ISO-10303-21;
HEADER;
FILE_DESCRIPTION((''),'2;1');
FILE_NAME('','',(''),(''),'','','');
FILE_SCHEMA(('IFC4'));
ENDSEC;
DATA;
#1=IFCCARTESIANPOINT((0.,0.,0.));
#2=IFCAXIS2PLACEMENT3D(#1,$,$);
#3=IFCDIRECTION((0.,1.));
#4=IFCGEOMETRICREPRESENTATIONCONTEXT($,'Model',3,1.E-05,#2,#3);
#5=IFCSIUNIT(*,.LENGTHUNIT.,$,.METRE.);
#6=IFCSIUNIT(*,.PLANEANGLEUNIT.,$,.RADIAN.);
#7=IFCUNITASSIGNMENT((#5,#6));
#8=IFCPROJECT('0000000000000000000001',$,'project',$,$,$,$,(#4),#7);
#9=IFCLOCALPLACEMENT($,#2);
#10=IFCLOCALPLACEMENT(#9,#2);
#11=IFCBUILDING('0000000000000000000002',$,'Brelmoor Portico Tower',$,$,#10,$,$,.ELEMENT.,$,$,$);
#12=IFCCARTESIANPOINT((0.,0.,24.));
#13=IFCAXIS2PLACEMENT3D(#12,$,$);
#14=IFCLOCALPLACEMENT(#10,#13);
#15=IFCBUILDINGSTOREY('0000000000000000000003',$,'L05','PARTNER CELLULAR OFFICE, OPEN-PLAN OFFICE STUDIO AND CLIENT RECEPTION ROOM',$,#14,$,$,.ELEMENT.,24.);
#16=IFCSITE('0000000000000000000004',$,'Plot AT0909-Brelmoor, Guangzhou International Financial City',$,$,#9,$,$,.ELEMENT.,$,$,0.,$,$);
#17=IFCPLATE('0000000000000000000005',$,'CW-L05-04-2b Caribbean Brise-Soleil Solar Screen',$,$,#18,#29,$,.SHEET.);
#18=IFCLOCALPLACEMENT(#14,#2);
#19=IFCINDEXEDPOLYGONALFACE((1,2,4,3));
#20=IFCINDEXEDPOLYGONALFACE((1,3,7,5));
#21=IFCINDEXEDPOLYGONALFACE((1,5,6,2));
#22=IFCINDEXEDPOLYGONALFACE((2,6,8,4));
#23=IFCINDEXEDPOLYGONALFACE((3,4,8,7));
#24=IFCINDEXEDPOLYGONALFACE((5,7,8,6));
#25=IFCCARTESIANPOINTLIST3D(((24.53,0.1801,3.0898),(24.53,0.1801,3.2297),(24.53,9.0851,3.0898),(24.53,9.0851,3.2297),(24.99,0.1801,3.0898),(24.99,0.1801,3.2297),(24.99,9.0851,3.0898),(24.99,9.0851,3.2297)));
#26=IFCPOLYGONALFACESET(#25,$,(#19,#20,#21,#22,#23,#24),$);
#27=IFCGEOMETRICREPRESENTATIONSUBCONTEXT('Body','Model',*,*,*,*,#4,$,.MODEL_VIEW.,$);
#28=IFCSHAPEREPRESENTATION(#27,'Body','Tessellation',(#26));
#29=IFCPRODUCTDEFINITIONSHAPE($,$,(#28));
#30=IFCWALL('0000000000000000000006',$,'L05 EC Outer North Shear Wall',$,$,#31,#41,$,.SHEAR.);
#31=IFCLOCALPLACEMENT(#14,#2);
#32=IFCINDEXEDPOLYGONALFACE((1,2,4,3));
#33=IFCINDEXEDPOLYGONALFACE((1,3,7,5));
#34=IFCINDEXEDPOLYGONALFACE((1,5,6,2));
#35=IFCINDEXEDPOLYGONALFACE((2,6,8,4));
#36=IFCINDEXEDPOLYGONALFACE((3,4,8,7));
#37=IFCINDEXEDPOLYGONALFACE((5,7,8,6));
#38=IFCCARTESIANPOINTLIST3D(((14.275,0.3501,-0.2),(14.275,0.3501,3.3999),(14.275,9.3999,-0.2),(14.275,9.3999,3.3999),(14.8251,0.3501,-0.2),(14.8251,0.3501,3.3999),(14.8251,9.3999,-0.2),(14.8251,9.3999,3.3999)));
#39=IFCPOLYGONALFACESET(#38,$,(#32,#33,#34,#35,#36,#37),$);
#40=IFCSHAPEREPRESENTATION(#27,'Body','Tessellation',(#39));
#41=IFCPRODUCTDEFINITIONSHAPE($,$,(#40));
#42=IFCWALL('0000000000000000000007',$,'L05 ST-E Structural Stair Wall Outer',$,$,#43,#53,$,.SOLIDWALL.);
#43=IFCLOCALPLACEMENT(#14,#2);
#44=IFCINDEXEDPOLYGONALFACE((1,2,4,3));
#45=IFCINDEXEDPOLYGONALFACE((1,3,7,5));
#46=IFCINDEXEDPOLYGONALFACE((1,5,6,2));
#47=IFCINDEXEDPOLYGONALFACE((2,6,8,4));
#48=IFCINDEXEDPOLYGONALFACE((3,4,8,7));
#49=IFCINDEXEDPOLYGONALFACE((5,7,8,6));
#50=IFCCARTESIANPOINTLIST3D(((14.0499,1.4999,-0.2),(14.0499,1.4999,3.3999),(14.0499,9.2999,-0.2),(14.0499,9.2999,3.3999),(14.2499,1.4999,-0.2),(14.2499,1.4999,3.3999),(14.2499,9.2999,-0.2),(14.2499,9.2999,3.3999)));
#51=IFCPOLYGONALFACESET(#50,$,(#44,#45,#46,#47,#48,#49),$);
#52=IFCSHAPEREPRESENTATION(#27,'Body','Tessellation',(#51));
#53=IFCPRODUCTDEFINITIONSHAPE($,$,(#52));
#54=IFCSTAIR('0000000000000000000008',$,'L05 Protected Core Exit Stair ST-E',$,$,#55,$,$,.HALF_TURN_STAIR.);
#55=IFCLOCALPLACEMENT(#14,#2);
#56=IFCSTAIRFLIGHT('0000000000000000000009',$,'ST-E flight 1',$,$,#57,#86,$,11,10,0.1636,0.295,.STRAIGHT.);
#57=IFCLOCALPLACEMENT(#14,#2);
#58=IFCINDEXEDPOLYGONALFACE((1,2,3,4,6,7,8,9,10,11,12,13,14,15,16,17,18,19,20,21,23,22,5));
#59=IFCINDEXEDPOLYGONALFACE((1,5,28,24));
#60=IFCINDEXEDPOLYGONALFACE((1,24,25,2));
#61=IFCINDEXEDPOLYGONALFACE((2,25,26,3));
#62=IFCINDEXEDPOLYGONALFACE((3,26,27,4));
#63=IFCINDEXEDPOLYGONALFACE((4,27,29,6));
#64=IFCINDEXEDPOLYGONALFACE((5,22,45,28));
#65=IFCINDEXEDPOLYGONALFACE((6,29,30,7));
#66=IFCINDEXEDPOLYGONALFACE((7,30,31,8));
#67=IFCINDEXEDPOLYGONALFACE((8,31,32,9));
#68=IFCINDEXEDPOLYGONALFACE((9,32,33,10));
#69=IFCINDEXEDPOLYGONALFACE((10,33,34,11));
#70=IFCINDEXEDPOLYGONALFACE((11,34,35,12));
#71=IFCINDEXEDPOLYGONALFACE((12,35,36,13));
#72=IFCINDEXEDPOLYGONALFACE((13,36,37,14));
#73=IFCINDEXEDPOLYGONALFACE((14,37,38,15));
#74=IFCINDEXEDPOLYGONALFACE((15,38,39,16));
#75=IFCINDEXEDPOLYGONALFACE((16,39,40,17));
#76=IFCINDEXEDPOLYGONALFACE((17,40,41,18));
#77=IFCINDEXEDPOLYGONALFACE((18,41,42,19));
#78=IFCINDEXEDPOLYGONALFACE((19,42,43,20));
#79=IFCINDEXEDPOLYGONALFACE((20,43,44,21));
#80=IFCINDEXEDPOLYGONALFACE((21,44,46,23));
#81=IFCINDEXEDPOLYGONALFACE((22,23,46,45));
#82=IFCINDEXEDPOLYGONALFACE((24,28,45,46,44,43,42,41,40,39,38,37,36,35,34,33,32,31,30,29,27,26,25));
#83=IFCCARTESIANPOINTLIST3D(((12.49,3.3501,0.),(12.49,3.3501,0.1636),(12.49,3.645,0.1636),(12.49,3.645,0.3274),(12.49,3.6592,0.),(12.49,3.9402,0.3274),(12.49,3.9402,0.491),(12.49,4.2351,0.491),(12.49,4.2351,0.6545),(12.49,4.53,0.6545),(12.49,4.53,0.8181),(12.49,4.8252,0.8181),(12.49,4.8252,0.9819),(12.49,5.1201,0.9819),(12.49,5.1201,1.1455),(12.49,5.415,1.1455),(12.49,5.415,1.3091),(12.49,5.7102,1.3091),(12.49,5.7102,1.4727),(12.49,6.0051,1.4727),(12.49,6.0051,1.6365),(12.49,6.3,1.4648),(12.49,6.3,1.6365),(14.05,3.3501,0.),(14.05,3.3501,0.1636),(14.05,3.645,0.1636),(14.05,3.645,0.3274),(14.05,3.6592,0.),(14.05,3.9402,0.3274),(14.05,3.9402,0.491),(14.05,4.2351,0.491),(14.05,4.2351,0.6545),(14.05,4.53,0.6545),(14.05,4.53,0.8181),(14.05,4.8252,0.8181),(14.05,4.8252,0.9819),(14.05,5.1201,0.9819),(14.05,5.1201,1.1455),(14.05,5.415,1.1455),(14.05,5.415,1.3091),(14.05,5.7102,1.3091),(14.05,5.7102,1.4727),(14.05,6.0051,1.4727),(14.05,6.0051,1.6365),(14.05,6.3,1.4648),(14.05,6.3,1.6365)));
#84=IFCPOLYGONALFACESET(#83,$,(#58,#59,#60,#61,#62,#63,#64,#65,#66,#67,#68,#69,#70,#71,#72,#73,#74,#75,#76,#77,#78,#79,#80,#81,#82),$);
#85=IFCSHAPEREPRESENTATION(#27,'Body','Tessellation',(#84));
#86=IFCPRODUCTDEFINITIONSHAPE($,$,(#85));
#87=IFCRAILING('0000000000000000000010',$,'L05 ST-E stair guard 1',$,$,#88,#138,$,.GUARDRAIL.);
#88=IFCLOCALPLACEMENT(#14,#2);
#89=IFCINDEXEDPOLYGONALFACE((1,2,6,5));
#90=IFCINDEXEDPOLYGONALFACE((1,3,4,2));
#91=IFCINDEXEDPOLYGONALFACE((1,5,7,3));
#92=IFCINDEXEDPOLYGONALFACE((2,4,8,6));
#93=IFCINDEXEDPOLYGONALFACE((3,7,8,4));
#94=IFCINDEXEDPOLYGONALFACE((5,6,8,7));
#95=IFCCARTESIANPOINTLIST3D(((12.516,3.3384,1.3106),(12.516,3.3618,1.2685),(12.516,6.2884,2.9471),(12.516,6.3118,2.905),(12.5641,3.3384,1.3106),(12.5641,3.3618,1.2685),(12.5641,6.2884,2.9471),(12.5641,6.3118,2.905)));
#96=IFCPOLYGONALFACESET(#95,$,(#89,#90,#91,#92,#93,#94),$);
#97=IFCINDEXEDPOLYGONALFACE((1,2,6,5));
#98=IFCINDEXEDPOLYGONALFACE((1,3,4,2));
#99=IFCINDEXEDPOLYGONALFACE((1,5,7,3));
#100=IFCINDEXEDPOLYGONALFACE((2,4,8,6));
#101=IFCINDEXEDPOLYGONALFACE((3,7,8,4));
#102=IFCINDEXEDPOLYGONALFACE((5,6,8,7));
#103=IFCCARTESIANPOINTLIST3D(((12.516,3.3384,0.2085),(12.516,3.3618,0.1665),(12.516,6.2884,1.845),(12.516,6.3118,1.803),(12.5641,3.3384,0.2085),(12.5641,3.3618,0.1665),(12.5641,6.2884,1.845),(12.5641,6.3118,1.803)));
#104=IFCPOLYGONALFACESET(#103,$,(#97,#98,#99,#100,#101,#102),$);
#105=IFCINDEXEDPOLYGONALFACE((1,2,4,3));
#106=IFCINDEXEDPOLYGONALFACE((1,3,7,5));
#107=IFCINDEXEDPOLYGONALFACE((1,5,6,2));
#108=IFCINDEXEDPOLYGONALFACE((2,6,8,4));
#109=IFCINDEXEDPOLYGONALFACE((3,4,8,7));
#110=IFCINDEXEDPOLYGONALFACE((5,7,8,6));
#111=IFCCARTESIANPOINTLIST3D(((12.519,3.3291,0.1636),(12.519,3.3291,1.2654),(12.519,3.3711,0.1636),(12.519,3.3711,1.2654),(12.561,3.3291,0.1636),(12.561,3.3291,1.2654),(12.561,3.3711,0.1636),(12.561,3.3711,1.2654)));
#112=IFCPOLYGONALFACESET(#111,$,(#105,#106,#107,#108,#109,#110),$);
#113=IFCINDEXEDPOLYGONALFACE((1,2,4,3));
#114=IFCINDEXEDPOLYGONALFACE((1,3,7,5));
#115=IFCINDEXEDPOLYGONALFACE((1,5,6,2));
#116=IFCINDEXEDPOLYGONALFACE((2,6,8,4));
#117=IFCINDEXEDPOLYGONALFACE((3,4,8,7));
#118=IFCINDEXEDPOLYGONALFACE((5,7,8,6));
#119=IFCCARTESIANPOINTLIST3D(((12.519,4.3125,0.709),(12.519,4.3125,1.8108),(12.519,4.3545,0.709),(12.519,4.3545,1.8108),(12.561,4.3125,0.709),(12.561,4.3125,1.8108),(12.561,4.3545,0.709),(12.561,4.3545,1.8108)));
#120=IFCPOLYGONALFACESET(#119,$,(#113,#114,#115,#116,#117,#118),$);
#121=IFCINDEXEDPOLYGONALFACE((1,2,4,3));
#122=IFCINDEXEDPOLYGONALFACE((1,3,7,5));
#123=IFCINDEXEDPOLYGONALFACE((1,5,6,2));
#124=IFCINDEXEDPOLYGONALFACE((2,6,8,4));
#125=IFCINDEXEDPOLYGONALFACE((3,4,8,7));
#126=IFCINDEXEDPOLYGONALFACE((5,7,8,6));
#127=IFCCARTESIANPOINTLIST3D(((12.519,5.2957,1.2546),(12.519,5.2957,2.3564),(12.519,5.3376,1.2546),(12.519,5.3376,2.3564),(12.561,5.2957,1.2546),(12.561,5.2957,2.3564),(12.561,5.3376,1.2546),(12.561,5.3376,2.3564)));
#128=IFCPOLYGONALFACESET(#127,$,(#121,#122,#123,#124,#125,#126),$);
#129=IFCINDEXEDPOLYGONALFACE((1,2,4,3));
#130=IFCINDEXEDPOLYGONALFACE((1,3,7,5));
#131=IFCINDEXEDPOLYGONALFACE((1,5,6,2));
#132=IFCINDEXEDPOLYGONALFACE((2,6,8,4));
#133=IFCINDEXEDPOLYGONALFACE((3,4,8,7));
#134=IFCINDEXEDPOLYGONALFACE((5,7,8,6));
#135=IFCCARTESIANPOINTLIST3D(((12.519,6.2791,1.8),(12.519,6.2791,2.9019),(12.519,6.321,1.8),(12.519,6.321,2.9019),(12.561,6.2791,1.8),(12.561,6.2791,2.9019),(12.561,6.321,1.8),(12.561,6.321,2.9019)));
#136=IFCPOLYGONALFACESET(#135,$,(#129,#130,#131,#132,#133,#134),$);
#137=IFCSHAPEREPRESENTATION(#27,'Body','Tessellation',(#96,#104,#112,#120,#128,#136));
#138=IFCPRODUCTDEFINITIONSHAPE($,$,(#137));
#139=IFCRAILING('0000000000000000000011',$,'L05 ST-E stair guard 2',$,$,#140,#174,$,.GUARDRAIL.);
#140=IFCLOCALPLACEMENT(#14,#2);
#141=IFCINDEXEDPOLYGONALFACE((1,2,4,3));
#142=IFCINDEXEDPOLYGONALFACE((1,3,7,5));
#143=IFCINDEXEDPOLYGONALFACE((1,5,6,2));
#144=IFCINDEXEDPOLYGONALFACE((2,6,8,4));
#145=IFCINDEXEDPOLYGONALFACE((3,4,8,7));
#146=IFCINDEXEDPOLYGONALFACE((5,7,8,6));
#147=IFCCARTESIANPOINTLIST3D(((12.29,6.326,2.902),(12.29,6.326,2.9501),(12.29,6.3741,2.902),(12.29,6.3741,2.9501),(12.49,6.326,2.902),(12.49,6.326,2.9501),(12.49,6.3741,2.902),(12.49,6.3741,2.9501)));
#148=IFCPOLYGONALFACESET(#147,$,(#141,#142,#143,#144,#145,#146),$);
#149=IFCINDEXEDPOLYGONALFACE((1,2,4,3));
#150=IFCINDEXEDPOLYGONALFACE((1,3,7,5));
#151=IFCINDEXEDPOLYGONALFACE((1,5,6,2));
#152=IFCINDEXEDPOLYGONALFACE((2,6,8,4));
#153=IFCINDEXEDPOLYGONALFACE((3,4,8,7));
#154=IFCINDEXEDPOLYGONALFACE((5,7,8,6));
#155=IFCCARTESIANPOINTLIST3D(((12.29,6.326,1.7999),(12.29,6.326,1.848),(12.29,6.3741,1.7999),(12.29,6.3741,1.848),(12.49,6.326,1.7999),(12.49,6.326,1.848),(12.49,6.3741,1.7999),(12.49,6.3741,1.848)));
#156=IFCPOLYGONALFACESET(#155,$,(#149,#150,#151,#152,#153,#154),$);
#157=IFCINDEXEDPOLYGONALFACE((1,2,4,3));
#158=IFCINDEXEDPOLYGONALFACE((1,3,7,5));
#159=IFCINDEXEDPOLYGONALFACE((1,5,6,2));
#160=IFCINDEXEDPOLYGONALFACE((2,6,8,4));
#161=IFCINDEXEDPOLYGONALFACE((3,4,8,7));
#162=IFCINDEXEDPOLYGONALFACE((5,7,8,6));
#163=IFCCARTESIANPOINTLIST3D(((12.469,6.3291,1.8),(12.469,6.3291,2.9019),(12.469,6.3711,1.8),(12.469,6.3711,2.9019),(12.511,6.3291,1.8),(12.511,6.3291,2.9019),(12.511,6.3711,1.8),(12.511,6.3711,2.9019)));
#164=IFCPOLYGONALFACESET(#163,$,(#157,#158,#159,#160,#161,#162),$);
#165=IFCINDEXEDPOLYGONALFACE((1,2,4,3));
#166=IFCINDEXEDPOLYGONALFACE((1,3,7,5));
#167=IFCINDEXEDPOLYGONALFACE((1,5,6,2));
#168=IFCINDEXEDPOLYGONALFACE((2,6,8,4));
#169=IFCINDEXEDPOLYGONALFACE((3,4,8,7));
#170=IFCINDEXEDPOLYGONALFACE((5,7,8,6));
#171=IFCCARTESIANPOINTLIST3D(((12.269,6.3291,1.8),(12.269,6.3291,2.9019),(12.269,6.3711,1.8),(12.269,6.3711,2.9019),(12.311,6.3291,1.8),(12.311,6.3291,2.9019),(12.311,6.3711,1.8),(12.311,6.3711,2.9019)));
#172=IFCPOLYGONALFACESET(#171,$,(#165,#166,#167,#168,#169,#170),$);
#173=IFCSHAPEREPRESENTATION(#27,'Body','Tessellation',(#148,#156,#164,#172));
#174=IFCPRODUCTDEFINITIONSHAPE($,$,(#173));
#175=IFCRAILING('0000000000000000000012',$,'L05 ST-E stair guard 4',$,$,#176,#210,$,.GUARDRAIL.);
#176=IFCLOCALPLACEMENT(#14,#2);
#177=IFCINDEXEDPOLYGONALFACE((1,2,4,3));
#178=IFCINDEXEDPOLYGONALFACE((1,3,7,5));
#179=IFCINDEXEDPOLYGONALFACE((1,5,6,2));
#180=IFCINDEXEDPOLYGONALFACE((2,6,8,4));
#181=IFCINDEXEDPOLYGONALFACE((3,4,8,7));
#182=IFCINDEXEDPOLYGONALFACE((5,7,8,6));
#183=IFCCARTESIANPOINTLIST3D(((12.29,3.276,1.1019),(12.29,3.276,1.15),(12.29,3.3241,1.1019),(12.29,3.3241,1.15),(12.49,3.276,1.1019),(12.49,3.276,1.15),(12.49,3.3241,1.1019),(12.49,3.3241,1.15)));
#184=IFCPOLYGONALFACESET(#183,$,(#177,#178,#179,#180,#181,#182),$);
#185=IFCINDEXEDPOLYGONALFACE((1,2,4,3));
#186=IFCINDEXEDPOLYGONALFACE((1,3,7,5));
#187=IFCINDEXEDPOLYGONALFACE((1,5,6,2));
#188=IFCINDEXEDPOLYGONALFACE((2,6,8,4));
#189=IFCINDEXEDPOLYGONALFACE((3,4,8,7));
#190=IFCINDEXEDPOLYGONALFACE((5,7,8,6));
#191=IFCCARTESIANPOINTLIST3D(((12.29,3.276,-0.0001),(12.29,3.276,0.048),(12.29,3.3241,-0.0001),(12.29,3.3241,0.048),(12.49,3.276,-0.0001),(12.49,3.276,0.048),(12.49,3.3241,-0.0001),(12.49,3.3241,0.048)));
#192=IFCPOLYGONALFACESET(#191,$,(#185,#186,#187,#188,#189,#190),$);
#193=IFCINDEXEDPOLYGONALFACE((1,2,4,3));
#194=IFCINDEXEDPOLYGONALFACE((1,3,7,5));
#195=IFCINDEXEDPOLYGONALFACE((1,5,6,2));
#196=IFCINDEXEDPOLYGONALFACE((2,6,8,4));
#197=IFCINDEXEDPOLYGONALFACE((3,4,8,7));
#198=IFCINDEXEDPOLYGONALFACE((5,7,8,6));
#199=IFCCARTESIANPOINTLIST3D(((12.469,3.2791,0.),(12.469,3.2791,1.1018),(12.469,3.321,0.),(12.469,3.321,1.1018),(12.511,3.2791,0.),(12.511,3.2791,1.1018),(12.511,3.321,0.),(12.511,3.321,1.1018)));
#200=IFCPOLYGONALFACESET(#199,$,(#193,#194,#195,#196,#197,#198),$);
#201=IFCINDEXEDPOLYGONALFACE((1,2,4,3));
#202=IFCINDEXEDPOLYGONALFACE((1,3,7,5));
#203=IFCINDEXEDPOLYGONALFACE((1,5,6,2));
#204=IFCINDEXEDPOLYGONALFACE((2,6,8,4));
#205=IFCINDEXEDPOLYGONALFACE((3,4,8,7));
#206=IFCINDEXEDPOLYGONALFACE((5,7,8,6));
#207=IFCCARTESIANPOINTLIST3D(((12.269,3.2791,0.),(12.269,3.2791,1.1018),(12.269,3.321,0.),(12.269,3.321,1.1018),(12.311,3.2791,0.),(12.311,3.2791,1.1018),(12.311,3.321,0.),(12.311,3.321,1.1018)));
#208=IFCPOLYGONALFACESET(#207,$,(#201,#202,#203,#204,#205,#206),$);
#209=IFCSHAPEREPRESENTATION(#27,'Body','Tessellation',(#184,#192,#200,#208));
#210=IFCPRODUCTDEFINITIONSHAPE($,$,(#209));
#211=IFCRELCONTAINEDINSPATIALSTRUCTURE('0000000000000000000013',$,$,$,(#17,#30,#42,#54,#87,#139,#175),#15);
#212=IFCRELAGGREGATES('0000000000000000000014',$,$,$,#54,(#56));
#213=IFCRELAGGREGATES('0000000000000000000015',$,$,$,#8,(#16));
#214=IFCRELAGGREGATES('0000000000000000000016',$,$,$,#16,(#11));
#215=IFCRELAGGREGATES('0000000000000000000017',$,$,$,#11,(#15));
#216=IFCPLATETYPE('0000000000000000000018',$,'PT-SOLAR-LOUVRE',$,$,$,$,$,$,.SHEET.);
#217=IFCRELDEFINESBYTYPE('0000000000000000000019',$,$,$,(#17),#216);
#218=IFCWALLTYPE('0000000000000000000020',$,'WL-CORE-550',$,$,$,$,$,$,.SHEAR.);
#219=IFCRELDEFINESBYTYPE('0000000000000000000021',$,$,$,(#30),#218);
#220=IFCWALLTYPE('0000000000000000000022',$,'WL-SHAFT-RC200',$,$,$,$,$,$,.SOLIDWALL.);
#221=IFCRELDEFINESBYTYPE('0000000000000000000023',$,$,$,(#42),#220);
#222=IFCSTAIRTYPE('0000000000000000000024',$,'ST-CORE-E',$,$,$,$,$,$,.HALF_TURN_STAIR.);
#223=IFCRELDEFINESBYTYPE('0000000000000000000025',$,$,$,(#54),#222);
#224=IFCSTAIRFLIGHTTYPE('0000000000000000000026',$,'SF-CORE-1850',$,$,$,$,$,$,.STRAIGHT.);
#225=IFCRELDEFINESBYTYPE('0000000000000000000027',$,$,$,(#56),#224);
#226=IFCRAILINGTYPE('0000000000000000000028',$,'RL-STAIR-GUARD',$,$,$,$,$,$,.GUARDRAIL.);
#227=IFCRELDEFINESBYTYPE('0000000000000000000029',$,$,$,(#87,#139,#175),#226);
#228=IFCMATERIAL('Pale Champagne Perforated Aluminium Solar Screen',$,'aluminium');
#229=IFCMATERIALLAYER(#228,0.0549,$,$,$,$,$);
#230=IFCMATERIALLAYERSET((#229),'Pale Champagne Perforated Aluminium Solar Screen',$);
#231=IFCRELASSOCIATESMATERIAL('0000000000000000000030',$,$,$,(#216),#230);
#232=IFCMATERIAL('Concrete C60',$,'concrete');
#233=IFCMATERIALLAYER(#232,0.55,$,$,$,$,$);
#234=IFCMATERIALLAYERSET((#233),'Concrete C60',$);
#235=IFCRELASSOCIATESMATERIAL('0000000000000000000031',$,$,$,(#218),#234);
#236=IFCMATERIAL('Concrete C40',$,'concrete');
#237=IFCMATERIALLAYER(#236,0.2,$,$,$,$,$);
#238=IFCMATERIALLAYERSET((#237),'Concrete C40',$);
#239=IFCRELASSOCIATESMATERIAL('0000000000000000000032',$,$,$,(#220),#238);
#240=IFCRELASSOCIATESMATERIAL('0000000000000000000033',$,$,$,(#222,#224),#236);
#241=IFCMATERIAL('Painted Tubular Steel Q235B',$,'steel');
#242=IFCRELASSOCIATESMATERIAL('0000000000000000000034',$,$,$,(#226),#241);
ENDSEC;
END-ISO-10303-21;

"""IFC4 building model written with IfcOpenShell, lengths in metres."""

from ifc_helpers import new_model, si_unit, direction, frame, frame_2d, origin, origin_2d, place, context, subcontext, project, spatial, polyline, rectangle, outline, extrude, material, layer, layer_set, type_object, element, aggregate, save


model = new_model("IFC4")

# Units and contexts
model_context = context("Model", 3, precision=1e-05, world=origin(), true_north=direction((0.0, 1.0)))
body_context = subcontext(model_context, "Body", "Model", "MODEL_VIEW")
ifc_project = project(units=[si_unit("LENGTHUNIT", "METRE"), si_unit("PLANEANGLEUNIT", "RADIAN")], contexts=[model_context])

# Site, building, storey
site_placement = place(None, origin())
site = spatial("IfcSite", under=ifc_project, at=site_placement, Name="Plot AT0909-Brelmoor, Guangzhou International Financial City", CompositionType="ELEMENT", RefElevation=0.0)
building_placement = place(site_placement, origin())
building = spatial("IfcBuilding", under=site, at=building_placement, Name="Brelmoor Portico Tower", CompositionType="ELEMENT")
storey_placement = place(building_placement, frame((0.0, 0.0, 24.0)))
storey = spatial("IfcBuildingStorey", under=building, at=storey_placement, Name="L05", Description="PARTNER CELLULAR OFFICE, OPEN-PLAN OFFICE STUDIO AND CLIENT RECEPTION ROOM", CompositionType="ELEMENT", Elevation=24.0)

# Plate
ifc_material_1 = material(Name="Pale Champagne Perforated Aluminium Solar Screen", Category="aluminium")
ifc_layer_1 = layer(ifc_material_1, 0.0549)
ifc_layer_set_1 = layer_set([ifc_layer_1], Name="Pale Champagne Perforated Aluminium Solar Screen")
plate_type_1 = type_object("IfcPlateType", Name="PT-SOLAR-LOUVRE", PredefinedType="SHEET", material=ifc_layer_set_1)
plate_1_placement = place(storey_placement, frame((24.76, 4.6326, 3.0898), z_axis=(0.0, 0.0, 1.0), x_axis=(0.0, 1.0, 0.0)))
element("IfcPlate", 1, at=plate_1_placement, inside=storey, type_object=plate_type_1, Name="CW-L05-04-2b Caribbean Brise-Soleil Solar Screen", PredefinedType="SHEET", context=body_context, shape_type="SweptSolid", body=[
    extrude(rectangle(XDim=8.905, YDim=0.46, at=origin_2d()), origin(), (0.0, 0.0, 1.0), 0.1399),
])

# Walls
ifc_material_2 = material(Name="Concrete C60", Category="concrete")
ifc_layer_2 = layer(ifc_material_2, 0.55)
ifc_layer_set_2 = layer_set([ifc_layer_2], Name="Concrete C60")
wall_type_1 = type_object("IfcWallType", Name="WL-CORE-550", PredefinedType="SHEAR", material=ifc_layer_set_2)
wall_1_placement = place(storey_placement, frame((14.55, 0.3501, -0.2), z_axis=(0.0, 0.0, 1.0), x_axis=(0.0, 1.0, 0.0)))
element("IfcWall", 2, at=wall_1_placement, inside=storey, type_object=wall_type_1, Name="L05 EC Outer North Shear Wall", PredefinedType="SHEAR", context=body_context, shape_type="SweptSolid", body=[
    extrude(rectangle(XDim=9.0498, YDim=0.55, at=frame_2d((4.5249, 0.0))), origin(), (0.0, 0.0, 1.0), 3.5999),
])
ifc_material_3 = material(Name="Concrete C40", Category="concrete")
ifc_layer_3 = layer(ifc_material_3, 0.2)
ifc_layer_set_3 = layer_set([ifc_layer_3], Name="Concrete C40")
wall_type_2 = type_object("IfcWallType", Name="WL-SHAFT-RC200", PredefinedType="SOLIDWALL", material=ifc_layer_set_3)
wall_2_placement = place(storey_placement, frame((14.1499, 1.5, -0.2), z_axis=(0.0, 0.0, 1.0), x_axis=(0.0, 1.0, 0.0)))
element("IfcWall", 3, at=wall_2_placement, inside=storey, type_object=wall_type_2, Name="L05 ST-E Structural Stair Wall Outer", PredefinedType="SOLIDWALL", context=body_context, shape_type="SweptSolid", body=[
    extrude(rectangle(XDim=7.8, YDim=0.2, at=frame_2d((3.8999, 0.0))), origin(), (0.0, 0.0, 1.0), 3.5999),
])

# Stair, stair flight
stair_type = type_object("IfcStairType", Name="ST-CORE-E", PredefinedType="HALF_TURN_STAIR", material=ifc_material_3)
stair_placement = place(storey_placement, origin())
stair = element("IfcStair", 4, at=stair_placement, inside=storey, type_object=stair_type, Name="L05 Protected Core Exit Stair ST-E", PredefinedType="HALF_TURN_STAIR")
stair_flight_type = type_object("IfcStairFlightType", Name="SF-CORE-1850", PredefinedType="STRAIGHT", material=ifc_material_3)
stair_flight_placement = place(storey_placement, frame((13.27, 3.3501, 0.0), z_axis=(0.0, 0.0, 1.0), x_axis=(0.0, 1.0, 0.0)))
stair_flight = element("IfcStairFlight", 5, at=stair_flight_placement, type_object=stair_flight_type, Name="ST-E flight 1", NumberOfRisers=11, NumberOfTreads=10, PredefinedType="STRAIGHT", RiserHeight=0.1636, TreadLength=0.295, context=body_context, shape_type="SweptSolid", body=[
    extrude(outline(polyline([(0.0, 0.0), (0.0, 0.1636), (0.2949, 0.1636), (0.2949, 0.3274), (0.5901, 0.3274), (0.5901, 0.491), (0.885, 0.491), (0.885, 0.6545), (1.1799, 0.6545), (1.1799, 0.8181), (1.4751, 0.8181), (1.4751, 0.9819), (1.77, 0.9819), (1.77, 1.1455), (2.0649, 1.1455), (2.0649, 1.3091), (2.3601, 1.3091), (2.3601, 1.4727), (2.655, 1.4727), (2.655, 1.6365), (2.95, 1.6365), (2.95, 1.8), (2.95, 1.4648), (0.3091, 0.0), (0.0, 0.0)])), frame((0.0, 0.78, 0.0), z_axis=(0.0, -1.0, 0.0), x_axis=(1.0, 0.0, 0.0)), (0.0, 0.0, 1.0), 1.5601),
])
aggregate(stair, [stair_flight])

# Railings
ifc_material_4 = material(Name="Painted Tubular Steel Q235B", Category="steel")
railing_type_1 = type_object("IfcRailingType", Name="RL-STAIR-GUARD", PredefinedType="GUARDRAIL", material=ifc_material_4)
railing_1_placement = place(storey_placement, frame((12.54, 3.3501, 0.1636)))
element("IfcRailing", 6, at=railing_1_placement, inside=storey, type_object=railing_type_1, Name="L05 ST-E stair guard 1", PredefinedType="GUARDRAIL", context=body_context, shape_type="SweptSolid", body=[
    extrude(rectangle(XDim=0.0481, YDim=0.0481, at=origin_2d()), frame((0.0, 0.0, 1.126), z_axis=(0.0, 0.874458, 0.485102), x_axis=(-1.0, 0.0, 0.0)), (0.0, 0.0, 1.0), 3.3735),
    extrude(rectangle(XDim=0.0481, YDim=0.0481, at=origin_2d()), frame((0.0, 0.0, 0.0239), z_axis=(0.0, 0.874458, 0.485102), x_axis=(-1.0, 0.0, 0.0)), (0.0, 0.0, 1.0), 3.3735),
    extrude(rectangle(XDim=0.042, YDim=0.042, at=origin_2d()), origin(), (0.0, 0.0, 1.0), 1.1018),
    extrude(rectangle(XDim=0.042, YDim=0.042, at=origin_2d()), frame((0.0, 0.9834, 0.5454)), (0.0, 0.0, 1.0), 1.1018),
    extrude(rectangle(XDim=0.042, YDim=0.042, at=origin_2d()), frame((0.0, 1.9666, 1.0911)), (0.0, 0.0, 1.0), 1.1018),
    extrude(rectangle(XDim=0.042, YDim=0.042, at=origin_2d()), frame((0.0, 2.95, 1.6365)), (0.0, 0.0, 1.0), 1.1018),
])
for number, where, name in (
    (7, (12.49, 6.3501, 1.8), "L05 ST-E stair guard 2"),
    (8, (12.49, 3.3, 0.0), "L05 ST-E stair guard 4"),
):
    element("IfcRailing", number, at=place(storey_placement, frame(where)), inside=storey, type_object=railing_type_1, Name=name, PredefinedType="GUARDRAIL", context=body_context, shape_type="SweptSolid", body=[
        extrude(rectangle(XDim=0.0481, YDim=0.0481, at=origin_2d()), frame((0.0, 0.0, 1.126), z_axis=(-1.0, 0.0, 0.0), x_axis=(0.0, -1.0, 0.0)), (0.0, 0.0, 1.0), 0.2),
        extrude(rectangle(XDim=0.0481, YDim=0.0481, at=origin_2d()), frame((0.0, 0.0, 0.0239), z_axis=(-1.0, 0.0, 0.0), x_axis=(0.0, -1.0, 0.0)), (0.0, 0.0, 1.0), 0.2),
        extrude(rectangle(XDim=0.042, YDim=0.042, at=origin_2d()), origin(), (0.0, 0.0, 1.0), 1.1018),
        extrude(rectangle(XDim=0.042, YDim=0.042, at=origin_2d()), frame((-0.2, 0.0, 0.0)), (0.0, 0.0, 1.0), 1.1018),
    ])

save(model, "model.ifc")
